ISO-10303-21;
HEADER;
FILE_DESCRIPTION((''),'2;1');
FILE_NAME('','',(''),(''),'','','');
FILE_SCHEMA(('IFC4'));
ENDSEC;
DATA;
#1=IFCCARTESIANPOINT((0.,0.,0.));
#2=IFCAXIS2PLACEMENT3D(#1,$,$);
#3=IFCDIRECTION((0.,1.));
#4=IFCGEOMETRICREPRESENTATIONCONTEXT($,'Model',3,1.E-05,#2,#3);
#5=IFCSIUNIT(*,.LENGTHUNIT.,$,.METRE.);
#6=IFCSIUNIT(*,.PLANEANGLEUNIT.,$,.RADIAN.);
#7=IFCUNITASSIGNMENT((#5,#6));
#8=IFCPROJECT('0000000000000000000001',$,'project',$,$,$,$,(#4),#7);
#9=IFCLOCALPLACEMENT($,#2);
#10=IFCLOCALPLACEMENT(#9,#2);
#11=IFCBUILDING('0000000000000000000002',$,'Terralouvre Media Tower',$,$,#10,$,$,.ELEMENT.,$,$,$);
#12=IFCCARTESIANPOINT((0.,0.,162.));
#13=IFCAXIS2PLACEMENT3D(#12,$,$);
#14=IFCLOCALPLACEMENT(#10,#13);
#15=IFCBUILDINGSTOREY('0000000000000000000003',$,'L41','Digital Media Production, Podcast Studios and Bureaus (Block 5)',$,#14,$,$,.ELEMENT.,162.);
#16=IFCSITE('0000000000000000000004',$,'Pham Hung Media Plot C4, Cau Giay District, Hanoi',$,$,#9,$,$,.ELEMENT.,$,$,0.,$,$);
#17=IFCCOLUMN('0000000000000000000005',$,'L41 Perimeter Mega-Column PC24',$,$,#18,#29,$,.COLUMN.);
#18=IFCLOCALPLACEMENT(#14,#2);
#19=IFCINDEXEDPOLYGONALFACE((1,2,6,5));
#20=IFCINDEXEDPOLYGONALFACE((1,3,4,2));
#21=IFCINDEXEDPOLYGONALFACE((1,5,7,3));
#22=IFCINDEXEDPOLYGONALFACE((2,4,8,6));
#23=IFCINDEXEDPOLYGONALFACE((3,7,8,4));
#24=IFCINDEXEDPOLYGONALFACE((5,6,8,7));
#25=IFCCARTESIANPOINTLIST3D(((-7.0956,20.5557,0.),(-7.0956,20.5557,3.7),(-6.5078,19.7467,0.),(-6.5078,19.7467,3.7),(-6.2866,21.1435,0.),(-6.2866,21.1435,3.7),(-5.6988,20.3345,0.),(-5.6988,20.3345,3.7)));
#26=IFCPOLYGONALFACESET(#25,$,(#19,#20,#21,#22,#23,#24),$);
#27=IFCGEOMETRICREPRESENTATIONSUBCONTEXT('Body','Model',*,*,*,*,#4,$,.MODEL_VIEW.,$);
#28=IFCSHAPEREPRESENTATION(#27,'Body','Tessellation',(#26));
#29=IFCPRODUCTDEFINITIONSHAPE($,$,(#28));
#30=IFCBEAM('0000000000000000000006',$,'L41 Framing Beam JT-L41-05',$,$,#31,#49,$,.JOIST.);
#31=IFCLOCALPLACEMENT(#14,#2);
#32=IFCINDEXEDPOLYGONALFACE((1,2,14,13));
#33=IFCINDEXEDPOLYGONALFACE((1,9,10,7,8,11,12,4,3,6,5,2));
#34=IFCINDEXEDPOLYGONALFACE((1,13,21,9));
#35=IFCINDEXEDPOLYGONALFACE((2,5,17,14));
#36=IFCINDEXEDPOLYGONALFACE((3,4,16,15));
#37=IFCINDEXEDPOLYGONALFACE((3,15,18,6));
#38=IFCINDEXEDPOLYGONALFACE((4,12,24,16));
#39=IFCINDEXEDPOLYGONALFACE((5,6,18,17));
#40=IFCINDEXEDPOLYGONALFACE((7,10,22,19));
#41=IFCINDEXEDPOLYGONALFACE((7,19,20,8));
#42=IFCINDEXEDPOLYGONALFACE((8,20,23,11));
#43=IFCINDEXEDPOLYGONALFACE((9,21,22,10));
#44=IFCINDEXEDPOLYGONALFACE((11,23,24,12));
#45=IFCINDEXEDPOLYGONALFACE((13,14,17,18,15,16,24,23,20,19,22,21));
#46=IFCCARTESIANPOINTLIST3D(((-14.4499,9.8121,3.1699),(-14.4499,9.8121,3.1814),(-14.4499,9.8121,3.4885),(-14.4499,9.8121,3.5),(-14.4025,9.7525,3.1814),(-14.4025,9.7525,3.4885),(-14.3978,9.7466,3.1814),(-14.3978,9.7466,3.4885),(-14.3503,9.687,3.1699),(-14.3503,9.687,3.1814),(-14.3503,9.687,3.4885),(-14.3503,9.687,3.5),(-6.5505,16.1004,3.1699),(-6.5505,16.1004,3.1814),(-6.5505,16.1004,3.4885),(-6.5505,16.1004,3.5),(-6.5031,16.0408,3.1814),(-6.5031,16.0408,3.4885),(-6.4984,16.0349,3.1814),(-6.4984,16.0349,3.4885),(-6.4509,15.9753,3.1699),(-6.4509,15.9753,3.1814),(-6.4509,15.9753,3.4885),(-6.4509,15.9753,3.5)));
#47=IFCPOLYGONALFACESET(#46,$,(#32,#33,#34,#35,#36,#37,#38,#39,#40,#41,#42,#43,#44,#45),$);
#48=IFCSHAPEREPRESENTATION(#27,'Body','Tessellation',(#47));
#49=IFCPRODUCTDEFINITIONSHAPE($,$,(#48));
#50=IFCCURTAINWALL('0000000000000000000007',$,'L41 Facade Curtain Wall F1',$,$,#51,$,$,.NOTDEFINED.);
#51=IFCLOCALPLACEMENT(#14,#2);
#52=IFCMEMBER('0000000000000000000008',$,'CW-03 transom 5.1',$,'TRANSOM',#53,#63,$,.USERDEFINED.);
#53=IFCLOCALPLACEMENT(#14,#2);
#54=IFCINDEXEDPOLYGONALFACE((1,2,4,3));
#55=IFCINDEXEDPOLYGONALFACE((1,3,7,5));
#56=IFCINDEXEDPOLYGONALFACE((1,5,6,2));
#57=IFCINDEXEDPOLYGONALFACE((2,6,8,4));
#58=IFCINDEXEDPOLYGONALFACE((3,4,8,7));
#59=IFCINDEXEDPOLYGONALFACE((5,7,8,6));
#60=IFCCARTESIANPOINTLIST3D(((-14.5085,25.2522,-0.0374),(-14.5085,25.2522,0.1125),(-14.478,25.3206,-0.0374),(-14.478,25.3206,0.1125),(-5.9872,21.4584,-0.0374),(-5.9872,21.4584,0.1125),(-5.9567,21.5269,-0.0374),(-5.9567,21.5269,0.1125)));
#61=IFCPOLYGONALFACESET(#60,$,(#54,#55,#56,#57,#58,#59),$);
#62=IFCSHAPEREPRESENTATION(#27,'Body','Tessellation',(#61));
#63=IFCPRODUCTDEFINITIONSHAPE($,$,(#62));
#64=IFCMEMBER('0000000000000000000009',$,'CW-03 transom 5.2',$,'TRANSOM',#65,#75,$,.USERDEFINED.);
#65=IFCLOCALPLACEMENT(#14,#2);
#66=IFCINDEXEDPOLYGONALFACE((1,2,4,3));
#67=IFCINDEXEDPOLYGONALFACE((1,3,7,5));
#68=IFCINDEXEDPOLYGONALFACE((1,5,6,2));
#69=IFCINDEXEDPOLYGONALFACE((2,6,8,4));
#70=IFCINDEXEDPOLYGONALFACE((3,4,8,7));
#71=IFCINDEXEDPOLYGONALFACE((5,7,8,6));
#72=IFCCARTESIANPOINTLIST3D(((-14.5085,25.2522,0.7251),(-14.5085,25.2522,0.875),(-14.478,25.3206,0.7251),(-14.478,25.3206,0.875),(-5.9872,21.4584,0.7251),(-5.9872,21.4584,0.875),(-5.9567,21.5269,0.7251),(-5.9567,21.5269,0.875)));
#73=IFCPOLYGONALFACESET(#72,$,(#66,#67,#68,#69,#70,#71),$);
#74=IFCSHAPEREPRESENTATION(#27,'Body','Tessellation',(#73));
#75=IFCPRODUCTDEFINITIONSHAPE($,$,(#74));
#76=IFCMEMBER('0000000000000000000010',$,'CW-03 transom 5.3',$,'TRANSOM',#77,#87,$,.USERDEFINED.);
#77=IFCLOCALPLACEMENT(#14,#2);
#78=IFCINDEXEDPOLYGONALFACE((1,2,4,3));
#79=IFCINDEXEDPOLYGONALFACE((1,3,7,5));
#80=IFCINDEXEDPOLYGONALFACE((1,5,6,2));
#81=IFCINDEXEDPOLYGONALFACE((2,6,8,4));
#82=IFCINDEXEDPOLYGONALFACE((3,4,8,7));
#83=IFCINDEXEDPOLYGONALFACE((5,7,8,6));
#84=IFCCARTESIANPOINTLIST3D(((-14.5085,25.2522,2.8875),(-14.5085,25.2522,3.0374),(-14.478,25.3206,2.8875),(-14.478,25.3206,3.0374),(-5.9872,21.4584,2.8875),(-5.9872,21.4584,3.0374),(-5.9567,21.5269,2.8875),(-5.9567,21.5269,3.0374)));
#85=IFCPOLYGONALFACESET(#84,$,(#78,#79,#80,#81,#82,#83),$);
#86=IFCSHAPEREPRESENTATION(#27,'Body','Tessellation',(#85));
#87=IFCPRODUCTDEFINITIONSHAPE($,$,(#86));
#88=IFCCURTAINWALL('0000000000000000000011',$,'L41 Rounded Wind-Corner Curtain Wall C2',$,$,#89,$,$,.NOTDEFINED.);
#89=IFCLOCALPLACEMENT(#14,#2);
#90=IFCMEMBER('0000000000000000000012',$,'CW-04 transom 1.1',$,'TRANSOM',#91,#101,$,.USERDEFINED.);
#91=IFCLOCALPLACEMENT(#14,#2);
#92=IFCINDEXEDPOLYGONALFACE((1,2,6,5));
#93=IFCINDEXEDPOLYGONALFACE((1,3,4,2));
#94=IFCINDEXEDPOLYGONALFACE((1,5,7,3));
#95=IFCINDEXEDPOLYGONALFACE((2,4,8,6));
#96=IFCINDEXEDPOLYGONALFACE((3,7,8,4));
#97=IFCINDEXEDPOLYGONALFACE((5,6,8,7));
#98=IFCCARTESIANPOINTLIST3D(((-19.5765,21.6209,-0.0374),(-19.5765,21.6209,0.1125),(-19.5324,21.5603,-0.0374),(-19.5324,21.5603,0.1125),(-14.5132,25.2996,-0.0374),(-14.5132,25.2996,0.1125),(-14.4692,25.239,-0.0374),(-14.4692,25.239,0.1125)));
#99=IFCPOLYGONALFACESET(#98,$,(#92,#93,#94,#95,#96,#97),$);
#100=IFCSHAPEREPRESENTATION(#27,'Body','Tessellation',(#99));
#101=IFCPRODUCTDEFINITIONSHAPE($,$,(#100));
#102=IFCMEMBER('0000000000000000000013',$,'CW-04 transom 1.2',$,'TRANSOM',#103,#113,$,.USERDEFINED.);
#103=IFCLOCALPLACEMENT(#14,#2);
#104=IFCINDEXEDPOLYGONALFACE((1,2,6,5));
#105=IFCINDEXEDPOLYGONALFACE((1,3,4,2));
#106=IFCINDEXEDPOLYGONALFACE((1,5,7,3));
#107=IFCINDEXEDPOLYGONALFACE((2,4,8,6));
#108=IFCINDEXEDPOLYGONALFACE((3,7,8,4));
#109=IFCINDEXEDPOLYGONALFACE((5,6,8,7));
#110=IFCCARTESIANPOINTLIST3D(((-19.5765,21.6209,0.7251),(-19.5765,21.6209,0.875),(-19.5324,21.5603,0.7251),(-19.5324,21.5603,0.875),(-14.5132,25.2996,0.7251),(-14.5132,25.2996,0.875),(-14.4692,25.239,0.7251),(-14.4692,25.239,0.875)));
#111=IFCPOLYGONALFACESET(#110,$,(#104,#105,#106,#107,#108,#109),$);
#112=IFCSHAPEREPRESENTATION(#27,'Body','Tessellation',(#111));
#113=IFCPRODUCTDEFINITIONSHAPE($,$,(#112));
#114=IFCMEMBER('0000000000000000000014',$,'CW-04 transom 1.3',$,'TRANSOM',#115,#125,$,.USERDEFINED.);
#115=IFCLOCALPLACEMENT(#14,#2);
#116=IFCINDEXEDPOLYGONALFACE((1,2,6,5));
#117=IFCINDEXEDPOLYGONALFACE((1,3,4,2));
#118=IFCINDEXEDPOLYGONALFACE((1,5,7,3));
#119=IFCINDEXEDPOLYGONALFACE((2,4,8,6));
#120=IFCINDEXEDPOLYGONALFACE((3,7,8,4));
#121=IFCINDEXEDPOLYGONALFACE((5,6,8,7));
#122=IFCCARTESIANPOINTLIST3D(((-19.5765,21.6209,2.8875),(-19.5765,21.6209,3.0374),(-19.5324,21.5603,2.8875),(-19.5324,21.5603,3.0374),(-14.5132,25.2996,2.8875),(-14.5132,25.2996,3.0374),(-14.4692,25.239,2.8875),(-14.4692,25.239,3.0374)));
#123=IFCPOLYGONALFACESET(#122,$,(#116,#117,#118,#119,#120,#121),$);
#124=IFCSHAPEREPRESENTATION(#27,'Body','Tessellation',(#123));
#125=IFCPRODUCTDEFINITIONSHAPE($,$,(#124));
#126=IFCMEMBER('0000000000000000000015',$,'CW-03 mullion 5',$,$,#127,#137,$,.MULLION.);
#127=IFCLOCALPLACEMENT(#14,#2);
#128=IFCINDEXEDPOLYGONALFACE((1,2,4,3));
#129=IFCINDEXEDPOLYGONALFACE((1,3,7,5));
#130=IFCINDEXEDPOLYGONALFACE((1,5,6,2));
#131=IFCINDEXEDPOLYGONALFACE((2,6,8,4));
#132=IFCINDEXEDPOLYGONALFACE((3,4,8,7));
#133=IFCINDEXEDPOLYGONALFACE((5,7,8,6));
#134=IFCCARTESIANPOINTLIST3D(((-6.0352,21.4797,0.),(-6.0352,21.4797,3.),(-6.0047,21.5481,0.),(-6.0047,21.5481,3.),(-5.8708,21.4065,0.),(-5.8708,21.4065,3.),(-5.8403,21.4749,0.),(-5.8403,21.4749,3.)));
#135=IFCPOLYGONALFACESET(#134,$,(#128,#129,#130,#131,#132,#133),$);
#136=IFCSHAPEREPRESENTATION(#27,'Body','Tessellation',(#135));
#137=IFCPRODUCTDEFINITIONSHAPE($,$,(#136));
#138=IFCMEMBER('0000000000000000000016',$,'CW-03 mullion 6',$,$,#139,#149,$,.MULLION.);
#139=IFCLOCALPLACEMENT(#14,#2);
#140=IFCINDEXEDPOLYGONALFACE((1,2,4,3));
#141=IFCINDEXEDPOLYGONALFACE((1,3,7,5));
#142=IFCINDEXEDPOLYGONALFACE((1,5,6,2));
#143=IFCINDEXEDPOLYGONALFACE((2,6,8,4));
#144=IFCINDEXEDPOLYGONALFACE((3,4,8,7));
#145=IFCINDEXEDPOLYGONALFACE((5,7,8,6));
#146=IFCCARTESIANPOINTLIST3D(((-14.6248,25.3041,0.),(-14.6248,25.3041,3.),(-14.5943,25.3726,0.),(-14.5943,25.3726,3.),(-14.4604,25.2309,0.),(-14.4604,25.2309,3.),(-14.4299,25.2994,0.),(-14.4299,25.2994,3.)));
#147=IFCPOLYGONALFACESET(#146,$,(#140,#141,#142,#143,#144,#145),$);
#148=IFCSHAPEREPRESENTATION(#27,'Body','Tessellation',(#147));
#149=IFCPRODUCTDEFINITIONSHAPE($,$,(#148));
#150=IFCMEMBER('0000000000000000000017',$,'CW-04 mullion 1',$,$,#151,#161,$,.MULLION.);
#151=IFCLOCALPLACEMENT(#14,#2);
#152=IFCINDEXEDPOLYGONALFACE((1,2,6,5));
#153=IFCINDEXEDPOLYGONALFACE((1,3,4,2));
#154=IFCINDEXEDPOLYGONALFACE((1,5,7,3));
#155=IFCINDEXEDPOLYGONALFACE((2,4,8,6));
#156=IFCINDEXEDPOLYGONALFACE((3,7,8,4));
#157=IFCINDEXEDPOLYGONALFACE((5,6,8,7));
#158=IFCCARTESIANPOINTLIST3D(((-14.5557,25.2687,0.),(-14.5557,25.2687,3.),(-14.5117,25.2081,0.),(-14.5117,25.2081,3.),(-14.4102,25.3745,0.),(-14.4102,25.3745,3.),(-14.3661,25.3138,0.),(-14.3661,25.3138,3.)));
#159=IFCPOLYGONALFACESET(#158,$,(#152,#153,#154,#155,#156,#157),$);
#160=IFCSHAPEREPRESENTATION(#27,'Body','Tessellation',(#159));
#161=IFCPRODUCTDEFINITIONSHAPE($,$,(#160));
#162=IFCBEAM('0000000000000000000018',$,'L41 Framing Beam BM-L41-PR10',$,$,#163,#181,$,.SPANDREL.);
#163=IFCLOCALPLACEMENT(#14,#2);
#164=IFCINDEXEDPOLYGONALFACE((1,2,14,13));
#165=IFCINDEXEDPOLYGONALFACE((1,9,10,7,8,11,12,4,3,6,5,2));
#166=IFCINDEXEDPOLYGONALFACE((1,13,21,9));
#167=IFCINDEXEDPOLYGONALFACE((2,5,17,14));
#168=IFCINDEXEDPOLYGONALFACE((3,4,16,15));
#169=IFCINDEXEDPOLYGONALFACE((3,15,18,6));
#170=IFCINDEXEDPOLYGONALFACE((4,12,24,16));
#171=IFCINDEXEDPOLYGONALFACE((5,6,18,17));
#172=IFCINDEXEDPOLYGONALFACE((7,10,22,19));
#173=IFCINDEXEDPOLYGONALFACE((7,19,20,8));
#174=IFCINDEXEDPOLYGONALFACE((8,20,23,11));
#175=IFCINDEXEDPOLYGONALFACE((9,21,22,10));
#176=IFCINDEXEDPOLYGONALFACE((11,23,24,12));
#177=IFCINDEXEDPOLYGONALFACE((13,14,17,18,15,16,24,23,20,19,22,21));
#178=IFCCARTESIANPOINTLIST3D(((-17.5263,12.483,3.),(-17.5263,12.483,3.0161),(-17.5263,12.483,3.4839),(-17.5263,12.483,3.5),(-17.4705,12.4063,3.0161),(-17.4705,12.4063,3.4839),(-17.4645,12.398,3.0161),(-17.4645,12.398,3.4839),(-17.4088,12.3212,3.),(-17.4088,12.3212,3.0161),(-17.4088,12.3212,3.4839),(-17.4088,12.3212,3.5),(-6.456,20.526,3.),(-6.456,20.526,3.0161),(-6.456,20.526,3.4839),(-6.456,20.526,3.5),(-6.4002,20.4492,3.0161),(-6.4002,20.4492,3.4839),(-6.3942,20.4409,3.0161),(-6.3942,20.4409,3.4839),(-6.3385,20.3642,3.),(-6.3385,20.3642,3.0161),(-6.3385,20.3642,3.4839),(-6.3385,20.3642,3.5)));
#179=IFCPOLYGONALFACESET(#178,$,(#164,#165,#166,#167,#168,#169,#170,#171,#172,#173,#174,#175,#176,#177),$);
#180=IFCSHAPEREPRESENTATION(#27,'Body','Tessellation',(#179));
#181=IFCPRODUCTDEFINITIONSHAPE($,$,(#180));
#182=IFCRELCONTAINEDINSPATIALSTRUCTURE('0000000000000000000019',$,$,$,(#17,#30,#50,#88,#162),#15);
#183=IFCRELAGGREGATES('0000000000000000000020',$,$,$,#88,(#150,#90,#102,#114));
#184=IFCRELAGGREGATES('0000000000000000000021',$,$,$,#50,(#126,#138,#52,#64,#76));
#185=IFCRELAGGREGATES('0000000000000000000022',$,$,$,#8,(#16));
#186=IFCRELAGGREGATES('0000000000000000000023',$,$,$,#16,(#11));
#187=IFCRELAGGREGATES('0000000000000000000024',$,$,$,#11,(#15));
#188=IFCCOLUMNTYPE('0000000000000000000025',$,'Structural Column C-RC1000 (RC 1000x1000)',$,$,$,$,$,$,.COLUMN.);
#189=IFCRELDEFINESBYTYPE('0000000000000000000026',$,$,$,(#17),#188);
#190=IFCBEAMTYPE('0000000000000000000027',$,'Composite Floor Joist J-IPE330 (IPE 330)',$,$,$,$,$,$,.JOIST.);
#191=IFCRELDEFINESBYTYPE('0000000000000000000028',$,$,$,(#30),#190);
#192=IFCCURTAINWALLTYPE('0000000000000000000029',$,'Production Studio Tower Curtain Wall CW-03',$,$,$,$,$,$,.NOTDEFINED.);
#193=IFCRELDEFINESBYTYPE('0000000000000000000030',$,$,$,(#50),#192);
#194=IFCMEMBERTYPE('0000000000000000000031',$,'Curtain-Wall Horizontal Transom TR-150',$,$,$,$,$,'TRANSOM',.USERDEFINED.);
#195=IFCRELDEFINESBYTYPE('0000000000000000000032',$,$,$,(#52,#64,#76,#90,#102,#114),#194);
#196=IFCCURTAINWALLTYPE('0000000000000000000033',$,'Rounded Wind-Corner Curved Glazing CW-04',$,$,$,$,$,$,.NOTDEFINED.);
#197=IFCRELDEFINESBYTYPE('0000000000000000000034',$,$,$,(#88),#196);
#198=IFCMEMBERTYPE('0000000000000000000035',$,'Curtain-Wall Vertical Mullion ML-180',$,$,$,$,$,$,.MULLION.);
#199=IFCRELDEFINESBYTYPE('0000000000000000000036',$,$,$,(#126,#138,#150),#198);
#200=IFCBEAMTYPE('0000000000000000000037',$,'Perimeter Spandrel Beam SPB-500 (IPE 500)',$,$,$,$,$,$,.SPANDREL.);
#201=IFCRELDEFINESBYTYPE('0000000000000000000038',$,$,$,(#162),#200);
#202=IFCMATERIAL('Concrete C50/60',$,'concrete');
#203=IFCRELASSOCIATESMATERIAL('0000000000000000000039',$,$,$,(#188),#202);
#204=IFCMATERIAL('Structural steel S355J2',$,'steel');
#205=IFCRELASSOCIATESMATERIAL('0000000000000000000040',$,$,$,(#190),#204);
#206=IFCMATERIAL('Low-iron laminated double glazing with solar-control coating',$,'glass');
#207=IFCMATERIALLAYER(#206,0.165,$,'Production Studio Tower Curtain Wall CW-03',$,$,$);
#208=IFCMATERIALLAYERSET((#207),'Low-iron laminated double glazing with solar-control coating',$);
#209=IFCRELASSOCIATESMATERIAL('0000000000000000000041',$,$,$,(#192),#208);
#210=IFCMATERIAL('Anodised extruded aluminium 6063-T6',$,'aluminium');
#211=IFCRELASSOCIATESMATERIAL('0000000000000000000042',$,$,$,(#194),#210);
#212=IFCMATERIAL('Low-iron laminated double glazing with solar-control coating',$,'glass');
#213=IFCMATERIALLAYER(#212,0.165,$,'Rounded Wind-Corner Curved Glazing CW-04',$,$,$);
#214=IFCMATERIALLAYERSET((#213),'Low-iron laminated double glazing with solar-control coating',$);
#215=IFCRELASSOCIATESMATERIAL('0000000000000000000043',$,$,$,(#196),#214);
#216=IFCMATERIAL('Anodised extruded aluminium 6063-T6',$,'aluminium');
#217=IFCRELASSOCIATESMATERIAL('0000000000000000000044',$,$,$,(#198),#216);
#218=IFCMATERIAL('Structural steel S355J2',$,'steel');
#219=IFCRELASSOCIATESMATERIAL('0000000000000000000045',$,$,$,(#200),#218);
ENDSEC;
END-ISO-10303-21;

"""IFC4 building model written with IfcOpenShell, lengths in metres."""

from ifc_helpers import new_model, si_unit, direction, frame, origin, origin_2d, place, context, subcontext, project, spatial, rectangle, i_section, extrude, material, layer, layer_set, material_profile, profile_set, type_object, element, aggregate, save


model = new_model("IFC4")

# Units and contexts
model_context = context("Model", 3, precision=1e-05, world=origin(), true_north=direction((0.0, 1.0)))
body_context = subcontext(model_context, "Body", "Model", "MODEL_VIEW")
ifc_project = project(units=[si_unit("LENGTHUNIT", "METRE"), si_unit("PLANEANGLEUNIT", "RADIAN")], contexts=[model_context])

# Site, building, storey
site_placement = place(None, origin())
site = spatial("IfcSite", under=ifc_project, at=site_placement, Name="Pham Hung Media Plot C4, Cau Giay District, Hanoi", CompositionType="ELEMENT", RefElevation=0.0)
building_placement = place(site_placement, origin())
building = spatial("IfcBuilding", under=site, at=building_placement, Name="Terralouvre Media Tower", CompositionType="ELEMENT")
storey_placement = place(building_placement, frame((0.0, 0.0, 162.0)))
storey = spatial("IfcBuildingStorey", under=building, at=storey_placement, Name="L41", Description="Digital Media Production, Podcast Studios and Bureaus (Block 5)", CompositionType="ELEMENT", Elevation=162.0)

# Column
ifc_material_1 = material(Name="Concrete C50/60", Category="concrete")
ifc_material_profile_1 = material_profile(ifc_material_1, rectangle(XDim=1.0, YDim=1.0, at=origin_2d()), Name="RC 1000x1000")
ifc_profile_set_1 = profile_set([ifc_material_profile_1], Name="Concrete C50/60")
column_type = type_object("IfcColumnType", Name="Structural Column C-RC1000 (RC 1000x1000)", PredefinedType="COLUMN", material=ifc_profile_set_1)
column_placement = place(storey_placement, frame((-6.3972, 20.4451, 0.0), z_axis=(0.0, 0.0, 1.0), x_axis=(0.809017, 0.587785, 0.0)))
element("IfcColumn", 1, at=column_placement, inside=storey, type_object=column_type, Name="L41 Perimeter Mega-Column PC24", PredefinedType="COLUMN", context=body_context, shape_type="SweptSolid", body=[
    extrude(rectangle(XDim=1.0, YDim=1.0, at=origin_2d()), origin(), (0.0, 0.0, 1.0), 3.7),
])

# Beam
ifc_material_2 = material(Name="Structural steel S355J2", Category="steel")
ifc_material_profile_2 = material_profile(ifc_material_2, i_section(OverallWidth=0.1599, OverallDepth=0.3301, WebThickness=0.0076, FlangeThickness=0.0115, at=origin_2d()), Name="IPE 330")
ifc_profile_set_2 = profile_set([ifc_material_profile_2], Name="Structural steel S355J2")
beam_type_1 = type_object("IfcBeamType", Name="Composite Floor Joist J-IPE330 (IPE 330)", PredefinedType="JOIST", material=ifc_profile_set_2)
beam_1_placement = place(storey_placement, frame((-6.5007, 16.0378, 3.335), z_axis=(-0.782374, -0.622809, 0.0), x_axis=(0.622809, -0.782374, 0.0)))
element("IfcBeam", 2, at=beam_1_placement, inside=storey, type_object=beam_type_1, Name="L41 Framing Beam JT-L41-05", PredefinedType="JOIST", context=body_context, shape_type="SweptSolid", body=[
    extrude(i_section(OverallWidth=0.1599, OverallDepth=0.3301, WebThickness=0.0076, FlangeThickness=0.0115, at=origin_2d()), origin(), (0.0, 0.0, 1.0), 10.0967),
])

# Curtain walls, members
ifc_material_3 = material(Name="Low-iron laminated double glazing with solar-control coating", Category="glass")
ifc_layer_1 = layer(ifc_material_3, 0.165, Name="Production Studio Tower Curtain Wall CW-03")
ifc_layer_set_1 = layer_set([ifc_layer_1], Name="Low-iron laminated double glazing with solar-control coating")
curtain_wall_type_1 = type_object("IfcCurtainWallType", Name="Production Studio Tower Curtain Wall CW-03", PredefinedType="NOTDEFINED", material=ifc_layer_set_1)
curtain_wall_1_placement = place(storey_placement, origin())
curtain_wall_1 = element("IfcCurtainWall", 3, at=curtain_wall_1_placement, inside=storey, type_object=curtain_wall_type_1, Name="L41 Facade Curtain Wall F1", PredefinedType="NOTDEFINED")
ifc_material_4 = material(Name="Anodised extruded aluminium 6063-T6", Category="aluminium")
ifc_material_profile_3 = material_profile(ifc_material_4, rectangle(XDim=0.075, YDim=0.1499, at=origin_2d()), Name="ALU 75x150")
ifc_profile_set_3 = profile_set([ifc_material_profile_3], Name="Anodised extruded aluminium 6063-T6")
member_type_1 = type_object("IfcMemberType", Name="Curtain-Wall Horizontal Transom TR-150", ElementType="TRANSOM", PredefinedType="USERDEFINED", material=ifc_profile_set_3)
member_1_placement = place(storey_placement, frame((-5.9719, 21.4927, 0.0376), z_axis=(-0.913553, 0.406719, 0.0), x_axis=(-0.406719, -0.913553, 0.0)))
member_1 = element("IfcMember", 4, at=member_1_placement, type_object=member_type_1, Name="CW-03 transom 5.1", ObjectType="TRANSOM", PredefinedType="USERDEFINED", context=body_context, shape_type="SweptSolid", body=[
    extrude(rectangle(XDim=0.075, YDim=0.1499, at=origin_2d()), origin(), (0.0, 0.0, 1.0), 9.3276),
])
member_2_placement = place(storey_placement, frame((-5.9719, 21.4927, 0.8), z_axis=(-0.913553, 0.406719, 0.0), x_axis=(-0.406719, -0.913553, 0.0)))
member_2 = element("IfcMember", 5, at=member_2_placement, type_object=member_type_1, Name="CW-03 transom 5.2", ObjectType="TRANSOM", PredefinedType="USERDEFINED", context=body_context, shape_type="SweptSolid", body=[
    extrude(rectangle(XDim=0.075, YDim=0.1499, at=origin_2d()), origin(), (0.0, 0.0, 1.0), 9.3276),
])
member_3_placement = place(storey_placement, frame((-5.9719, 21.4927, 2.9624), z_axis=(-0.913553, 0.406719, 0.0), x_axis=(-0.406719, -0.913553, 0.0)))
member_3 = element("IfcMember", 6, at=member_3_placement, type_object=member_type_1, Name="CW-03 transom 5.3", ObjectType="TRANSOM", PredefinedType="USERDEFINED", context=body_context, shape_type="SweptSolid", body=[
    extrude(rectangle(XDim=0.075, YDim=0.1499, at=origin_2d()), origin(), (0.0, 0.0, 1.0), 9.3276),
])
ifc_material_5 = material(Name="Low-iron laminated double glazing with solar-control coating", Category="glass")
ifc_layer_2 = layer(ifc_material_5, 0.165, Name="Rounded Wind-Corner Curved Glazing CW-04")
ifc_layer_set_2 = layer_set([ifc_layer_2], Name="Low-iron laminated double glazing with solar-control coating")
curtain_wall_type_2 = type_object("IfcCurtainWallType", Name="Rounded Wind-Corner Curved Glazing CW-04", PredefinedType="NOTDEFINED", material=ifc_layer_set_2)
curtain_wall_2_placement = place(storey_placement, origin())
curtain_wall_2 = element("IfcCurtainWall", 7, at=curtain_wall_2_placement, inside=storey, type_object=curtain_wall_type_2, Name="L41 Rounded Wind-Corner Curtain Wall C2", PredefinedType="NOTDEFINED")
member_4_placement = place(storey_placement, frame((-14.4912, 25.2693, 0.0376), z_axis=(-0.809013, -0.587791, 0.0), x_axis=(0.587791, -0.809013, 0.0)))
member_4 = element("IfcMember", 8, at=member_4_placement, type_object=member_type_1, Name="CW-04 transom 1.1", ObjectType="TRANSOM", PredefinedType="USERDEFINED", context=body_context, shape_type="SweptSolid", body=[
    extrude(rectangle(XDim=0.075, YDim=0.1499, at=origin_2d()), origin(), (0.0, 0.0, 1.0), 6.2585),
])
member_5_placement = place(storey_placement, frame((-14.4912, 25.2693, 0.8), z_axis=(-0.809013, -0.587791, 0.0), x_axis=(0.587791, -0.809013, 0.0)))
member_5 = element("IfcMember", 9, at=member_5_placement, type_object=member_type_1, Name="CW-04 transom 1.2", ObjectType="TRANSOM", PredefinedType="USERDEFINED", context=body_context, shape_type="SweptSolid", body=[
    extrude(rectangle(XDim=0.075, YDim=0.1499, at=origin_2d()), origin(), (0.0, 0.0, 1.0), 6.2585),
])
member_6_placement = place(storey_placement, frame((-14.4912, 25.2693, 2.9624), z_axis=(-0.809013, -0.587791, 0.0), x_axis=(0.587791, -0.809013, 0.0)))
member_6 = element("IfcMember", 10, at=member_6_placement, type_object=member_type_1, Name="CW-04 transom 1.3", ObjectType="TRANSOM", PredefinedType="USERDEFINED", context=body_context, shape_type="SweptSolid", body=[
    extrude(rectangle(XDim=0.075, YDim=0.1499, at=origin_2d()), origin(), (0.0, 0.0, 1.0), 6.2585),
])

# Members
ifc_material_6 = material(Name="Anodised extruded aluminium 6063-T6", Category="aluminium")
ifc_material_profile_4 = material_profile(ifc_material_6, rectangle(XDim=0.075, YDim=0.1799, at=origin_2d()), Name="ALU 75x180")
ifc_profile_set_4 = profile_set([ifc_material_profile_4], Name="Anodised extruded aluminium 6063-T6")
member_type_2 = type_object("IfcMemberType", Name="Curtain-Wall Vertical Mullion ML-180", PredefinedType="MULLION", material=ifc_profile_set_4)
member_7_placement = place(storey_placement, frame((-5.9377, 21.4773, 0.0), z_axis=(0.0, 0.0, 1.0), x_axis=(-0.406737, -0.913545, 0.0)))
member_7 = element("IfcMember", 11, at=member_7_placement, type_object=member_type_2, Name="CW-03 mullion 5", PredefinedType="MULLION", context=body_context, shape_type="SweptSolid", body=[
    extrude(rectangle(XDim=0.075, YDim=0.1799, at=origin_2d()), origin(), (0.0, 0.0, 1.0), 3.0),
])
member_8_placement = place(storey_placement, frame((-14.5273, 25.3018, 0.0), z_axis=(0.0, 0.0, 1.0), x_axis=(-0.406737, -0.913545, 0.0)))
member_8 = element("IfcMember", 12, at=member_8_placement, type_object=member_type_2, Name="CW-03 mullion 6", PredefinedType="MULLION", context=body_context, shape_type="SweptSolid", body=[
    extrude(rectangle(XDim=0.075, YDim=0.1799, at=origin_2d()), origin(), (0.0, 0.0, 1.0), 3.0),
])
member_9_placement = place(storey_placement, frame((-14.4609, 25.2913, 0.0), z_axis=(0.0, 0.0, 1.0), x_axis=(0.587785, -0.809017, 0.0)))
member_9 = element("IfcMember", 13, at=member_9_placement, type_object=member_type_2, Name="CW-04 mullion 1", PredefinedType="MULLION", context=body_context, shape_type="SweptSolid", body=[
    extrude(rectangle(XDim=0.075, YDim=0.1799, at=origin_2d()), origin(), (0.0, 0.0, 1.0), 3.0),
])
aggregate(curtain_wall_2, [member_9, member_4, member_5, member_6])

# Beam
ifc_material_7 = material(Name="Structural steel S355J2", Category="steel")
ifc_material_profile_5 = material_profile(ifc_material_7, i_section(OverallWidth=0.2, OverallDepth=0.5, WebThickness=0.0103, FlangeThickness=0.0161, at=origin_2d()), Name="IPE 500")
ifc_profile_set_5 = profile_set([ifc_material_profile_5], Name="Structural steel S355J2")
beam_type_2 = type_object("IfcBeamType", Name="Perimeter Spandrel Beam SPB-500 (IPE 500)", PredefinedType="SPANDREL", material=ifc_profile_set_5)
beam_2_placement = place(storey_placement, frame((-6.3972, 20.4451, 3.25), z_axis=(-0.80902, -0.587781, 0.0), x_axis=(0.587781, -0.80902, 0.0)))
element("IfcBeam", 14, at=beam_2_placement, inside=storey, type_object=beam_type_2, Name="L41 Framing Beam BM-L41-PR10", PredefinedType="SPANDREL", context=body_context, shape_type="SweptSolid", body=[
    extrude(i_section(OverallWidth=0.2, OverallDepth=0.5, WebThickness=0.0103, FlangeThickness=0.0161, at=origin_2d()), origin(), (0.0, 0.0, 1.0), 13.6836),
])

aggregate(curtain_wall_1, [member_7, member_8, member_1, member_2, member_3])

save(model, "model.ifc")
